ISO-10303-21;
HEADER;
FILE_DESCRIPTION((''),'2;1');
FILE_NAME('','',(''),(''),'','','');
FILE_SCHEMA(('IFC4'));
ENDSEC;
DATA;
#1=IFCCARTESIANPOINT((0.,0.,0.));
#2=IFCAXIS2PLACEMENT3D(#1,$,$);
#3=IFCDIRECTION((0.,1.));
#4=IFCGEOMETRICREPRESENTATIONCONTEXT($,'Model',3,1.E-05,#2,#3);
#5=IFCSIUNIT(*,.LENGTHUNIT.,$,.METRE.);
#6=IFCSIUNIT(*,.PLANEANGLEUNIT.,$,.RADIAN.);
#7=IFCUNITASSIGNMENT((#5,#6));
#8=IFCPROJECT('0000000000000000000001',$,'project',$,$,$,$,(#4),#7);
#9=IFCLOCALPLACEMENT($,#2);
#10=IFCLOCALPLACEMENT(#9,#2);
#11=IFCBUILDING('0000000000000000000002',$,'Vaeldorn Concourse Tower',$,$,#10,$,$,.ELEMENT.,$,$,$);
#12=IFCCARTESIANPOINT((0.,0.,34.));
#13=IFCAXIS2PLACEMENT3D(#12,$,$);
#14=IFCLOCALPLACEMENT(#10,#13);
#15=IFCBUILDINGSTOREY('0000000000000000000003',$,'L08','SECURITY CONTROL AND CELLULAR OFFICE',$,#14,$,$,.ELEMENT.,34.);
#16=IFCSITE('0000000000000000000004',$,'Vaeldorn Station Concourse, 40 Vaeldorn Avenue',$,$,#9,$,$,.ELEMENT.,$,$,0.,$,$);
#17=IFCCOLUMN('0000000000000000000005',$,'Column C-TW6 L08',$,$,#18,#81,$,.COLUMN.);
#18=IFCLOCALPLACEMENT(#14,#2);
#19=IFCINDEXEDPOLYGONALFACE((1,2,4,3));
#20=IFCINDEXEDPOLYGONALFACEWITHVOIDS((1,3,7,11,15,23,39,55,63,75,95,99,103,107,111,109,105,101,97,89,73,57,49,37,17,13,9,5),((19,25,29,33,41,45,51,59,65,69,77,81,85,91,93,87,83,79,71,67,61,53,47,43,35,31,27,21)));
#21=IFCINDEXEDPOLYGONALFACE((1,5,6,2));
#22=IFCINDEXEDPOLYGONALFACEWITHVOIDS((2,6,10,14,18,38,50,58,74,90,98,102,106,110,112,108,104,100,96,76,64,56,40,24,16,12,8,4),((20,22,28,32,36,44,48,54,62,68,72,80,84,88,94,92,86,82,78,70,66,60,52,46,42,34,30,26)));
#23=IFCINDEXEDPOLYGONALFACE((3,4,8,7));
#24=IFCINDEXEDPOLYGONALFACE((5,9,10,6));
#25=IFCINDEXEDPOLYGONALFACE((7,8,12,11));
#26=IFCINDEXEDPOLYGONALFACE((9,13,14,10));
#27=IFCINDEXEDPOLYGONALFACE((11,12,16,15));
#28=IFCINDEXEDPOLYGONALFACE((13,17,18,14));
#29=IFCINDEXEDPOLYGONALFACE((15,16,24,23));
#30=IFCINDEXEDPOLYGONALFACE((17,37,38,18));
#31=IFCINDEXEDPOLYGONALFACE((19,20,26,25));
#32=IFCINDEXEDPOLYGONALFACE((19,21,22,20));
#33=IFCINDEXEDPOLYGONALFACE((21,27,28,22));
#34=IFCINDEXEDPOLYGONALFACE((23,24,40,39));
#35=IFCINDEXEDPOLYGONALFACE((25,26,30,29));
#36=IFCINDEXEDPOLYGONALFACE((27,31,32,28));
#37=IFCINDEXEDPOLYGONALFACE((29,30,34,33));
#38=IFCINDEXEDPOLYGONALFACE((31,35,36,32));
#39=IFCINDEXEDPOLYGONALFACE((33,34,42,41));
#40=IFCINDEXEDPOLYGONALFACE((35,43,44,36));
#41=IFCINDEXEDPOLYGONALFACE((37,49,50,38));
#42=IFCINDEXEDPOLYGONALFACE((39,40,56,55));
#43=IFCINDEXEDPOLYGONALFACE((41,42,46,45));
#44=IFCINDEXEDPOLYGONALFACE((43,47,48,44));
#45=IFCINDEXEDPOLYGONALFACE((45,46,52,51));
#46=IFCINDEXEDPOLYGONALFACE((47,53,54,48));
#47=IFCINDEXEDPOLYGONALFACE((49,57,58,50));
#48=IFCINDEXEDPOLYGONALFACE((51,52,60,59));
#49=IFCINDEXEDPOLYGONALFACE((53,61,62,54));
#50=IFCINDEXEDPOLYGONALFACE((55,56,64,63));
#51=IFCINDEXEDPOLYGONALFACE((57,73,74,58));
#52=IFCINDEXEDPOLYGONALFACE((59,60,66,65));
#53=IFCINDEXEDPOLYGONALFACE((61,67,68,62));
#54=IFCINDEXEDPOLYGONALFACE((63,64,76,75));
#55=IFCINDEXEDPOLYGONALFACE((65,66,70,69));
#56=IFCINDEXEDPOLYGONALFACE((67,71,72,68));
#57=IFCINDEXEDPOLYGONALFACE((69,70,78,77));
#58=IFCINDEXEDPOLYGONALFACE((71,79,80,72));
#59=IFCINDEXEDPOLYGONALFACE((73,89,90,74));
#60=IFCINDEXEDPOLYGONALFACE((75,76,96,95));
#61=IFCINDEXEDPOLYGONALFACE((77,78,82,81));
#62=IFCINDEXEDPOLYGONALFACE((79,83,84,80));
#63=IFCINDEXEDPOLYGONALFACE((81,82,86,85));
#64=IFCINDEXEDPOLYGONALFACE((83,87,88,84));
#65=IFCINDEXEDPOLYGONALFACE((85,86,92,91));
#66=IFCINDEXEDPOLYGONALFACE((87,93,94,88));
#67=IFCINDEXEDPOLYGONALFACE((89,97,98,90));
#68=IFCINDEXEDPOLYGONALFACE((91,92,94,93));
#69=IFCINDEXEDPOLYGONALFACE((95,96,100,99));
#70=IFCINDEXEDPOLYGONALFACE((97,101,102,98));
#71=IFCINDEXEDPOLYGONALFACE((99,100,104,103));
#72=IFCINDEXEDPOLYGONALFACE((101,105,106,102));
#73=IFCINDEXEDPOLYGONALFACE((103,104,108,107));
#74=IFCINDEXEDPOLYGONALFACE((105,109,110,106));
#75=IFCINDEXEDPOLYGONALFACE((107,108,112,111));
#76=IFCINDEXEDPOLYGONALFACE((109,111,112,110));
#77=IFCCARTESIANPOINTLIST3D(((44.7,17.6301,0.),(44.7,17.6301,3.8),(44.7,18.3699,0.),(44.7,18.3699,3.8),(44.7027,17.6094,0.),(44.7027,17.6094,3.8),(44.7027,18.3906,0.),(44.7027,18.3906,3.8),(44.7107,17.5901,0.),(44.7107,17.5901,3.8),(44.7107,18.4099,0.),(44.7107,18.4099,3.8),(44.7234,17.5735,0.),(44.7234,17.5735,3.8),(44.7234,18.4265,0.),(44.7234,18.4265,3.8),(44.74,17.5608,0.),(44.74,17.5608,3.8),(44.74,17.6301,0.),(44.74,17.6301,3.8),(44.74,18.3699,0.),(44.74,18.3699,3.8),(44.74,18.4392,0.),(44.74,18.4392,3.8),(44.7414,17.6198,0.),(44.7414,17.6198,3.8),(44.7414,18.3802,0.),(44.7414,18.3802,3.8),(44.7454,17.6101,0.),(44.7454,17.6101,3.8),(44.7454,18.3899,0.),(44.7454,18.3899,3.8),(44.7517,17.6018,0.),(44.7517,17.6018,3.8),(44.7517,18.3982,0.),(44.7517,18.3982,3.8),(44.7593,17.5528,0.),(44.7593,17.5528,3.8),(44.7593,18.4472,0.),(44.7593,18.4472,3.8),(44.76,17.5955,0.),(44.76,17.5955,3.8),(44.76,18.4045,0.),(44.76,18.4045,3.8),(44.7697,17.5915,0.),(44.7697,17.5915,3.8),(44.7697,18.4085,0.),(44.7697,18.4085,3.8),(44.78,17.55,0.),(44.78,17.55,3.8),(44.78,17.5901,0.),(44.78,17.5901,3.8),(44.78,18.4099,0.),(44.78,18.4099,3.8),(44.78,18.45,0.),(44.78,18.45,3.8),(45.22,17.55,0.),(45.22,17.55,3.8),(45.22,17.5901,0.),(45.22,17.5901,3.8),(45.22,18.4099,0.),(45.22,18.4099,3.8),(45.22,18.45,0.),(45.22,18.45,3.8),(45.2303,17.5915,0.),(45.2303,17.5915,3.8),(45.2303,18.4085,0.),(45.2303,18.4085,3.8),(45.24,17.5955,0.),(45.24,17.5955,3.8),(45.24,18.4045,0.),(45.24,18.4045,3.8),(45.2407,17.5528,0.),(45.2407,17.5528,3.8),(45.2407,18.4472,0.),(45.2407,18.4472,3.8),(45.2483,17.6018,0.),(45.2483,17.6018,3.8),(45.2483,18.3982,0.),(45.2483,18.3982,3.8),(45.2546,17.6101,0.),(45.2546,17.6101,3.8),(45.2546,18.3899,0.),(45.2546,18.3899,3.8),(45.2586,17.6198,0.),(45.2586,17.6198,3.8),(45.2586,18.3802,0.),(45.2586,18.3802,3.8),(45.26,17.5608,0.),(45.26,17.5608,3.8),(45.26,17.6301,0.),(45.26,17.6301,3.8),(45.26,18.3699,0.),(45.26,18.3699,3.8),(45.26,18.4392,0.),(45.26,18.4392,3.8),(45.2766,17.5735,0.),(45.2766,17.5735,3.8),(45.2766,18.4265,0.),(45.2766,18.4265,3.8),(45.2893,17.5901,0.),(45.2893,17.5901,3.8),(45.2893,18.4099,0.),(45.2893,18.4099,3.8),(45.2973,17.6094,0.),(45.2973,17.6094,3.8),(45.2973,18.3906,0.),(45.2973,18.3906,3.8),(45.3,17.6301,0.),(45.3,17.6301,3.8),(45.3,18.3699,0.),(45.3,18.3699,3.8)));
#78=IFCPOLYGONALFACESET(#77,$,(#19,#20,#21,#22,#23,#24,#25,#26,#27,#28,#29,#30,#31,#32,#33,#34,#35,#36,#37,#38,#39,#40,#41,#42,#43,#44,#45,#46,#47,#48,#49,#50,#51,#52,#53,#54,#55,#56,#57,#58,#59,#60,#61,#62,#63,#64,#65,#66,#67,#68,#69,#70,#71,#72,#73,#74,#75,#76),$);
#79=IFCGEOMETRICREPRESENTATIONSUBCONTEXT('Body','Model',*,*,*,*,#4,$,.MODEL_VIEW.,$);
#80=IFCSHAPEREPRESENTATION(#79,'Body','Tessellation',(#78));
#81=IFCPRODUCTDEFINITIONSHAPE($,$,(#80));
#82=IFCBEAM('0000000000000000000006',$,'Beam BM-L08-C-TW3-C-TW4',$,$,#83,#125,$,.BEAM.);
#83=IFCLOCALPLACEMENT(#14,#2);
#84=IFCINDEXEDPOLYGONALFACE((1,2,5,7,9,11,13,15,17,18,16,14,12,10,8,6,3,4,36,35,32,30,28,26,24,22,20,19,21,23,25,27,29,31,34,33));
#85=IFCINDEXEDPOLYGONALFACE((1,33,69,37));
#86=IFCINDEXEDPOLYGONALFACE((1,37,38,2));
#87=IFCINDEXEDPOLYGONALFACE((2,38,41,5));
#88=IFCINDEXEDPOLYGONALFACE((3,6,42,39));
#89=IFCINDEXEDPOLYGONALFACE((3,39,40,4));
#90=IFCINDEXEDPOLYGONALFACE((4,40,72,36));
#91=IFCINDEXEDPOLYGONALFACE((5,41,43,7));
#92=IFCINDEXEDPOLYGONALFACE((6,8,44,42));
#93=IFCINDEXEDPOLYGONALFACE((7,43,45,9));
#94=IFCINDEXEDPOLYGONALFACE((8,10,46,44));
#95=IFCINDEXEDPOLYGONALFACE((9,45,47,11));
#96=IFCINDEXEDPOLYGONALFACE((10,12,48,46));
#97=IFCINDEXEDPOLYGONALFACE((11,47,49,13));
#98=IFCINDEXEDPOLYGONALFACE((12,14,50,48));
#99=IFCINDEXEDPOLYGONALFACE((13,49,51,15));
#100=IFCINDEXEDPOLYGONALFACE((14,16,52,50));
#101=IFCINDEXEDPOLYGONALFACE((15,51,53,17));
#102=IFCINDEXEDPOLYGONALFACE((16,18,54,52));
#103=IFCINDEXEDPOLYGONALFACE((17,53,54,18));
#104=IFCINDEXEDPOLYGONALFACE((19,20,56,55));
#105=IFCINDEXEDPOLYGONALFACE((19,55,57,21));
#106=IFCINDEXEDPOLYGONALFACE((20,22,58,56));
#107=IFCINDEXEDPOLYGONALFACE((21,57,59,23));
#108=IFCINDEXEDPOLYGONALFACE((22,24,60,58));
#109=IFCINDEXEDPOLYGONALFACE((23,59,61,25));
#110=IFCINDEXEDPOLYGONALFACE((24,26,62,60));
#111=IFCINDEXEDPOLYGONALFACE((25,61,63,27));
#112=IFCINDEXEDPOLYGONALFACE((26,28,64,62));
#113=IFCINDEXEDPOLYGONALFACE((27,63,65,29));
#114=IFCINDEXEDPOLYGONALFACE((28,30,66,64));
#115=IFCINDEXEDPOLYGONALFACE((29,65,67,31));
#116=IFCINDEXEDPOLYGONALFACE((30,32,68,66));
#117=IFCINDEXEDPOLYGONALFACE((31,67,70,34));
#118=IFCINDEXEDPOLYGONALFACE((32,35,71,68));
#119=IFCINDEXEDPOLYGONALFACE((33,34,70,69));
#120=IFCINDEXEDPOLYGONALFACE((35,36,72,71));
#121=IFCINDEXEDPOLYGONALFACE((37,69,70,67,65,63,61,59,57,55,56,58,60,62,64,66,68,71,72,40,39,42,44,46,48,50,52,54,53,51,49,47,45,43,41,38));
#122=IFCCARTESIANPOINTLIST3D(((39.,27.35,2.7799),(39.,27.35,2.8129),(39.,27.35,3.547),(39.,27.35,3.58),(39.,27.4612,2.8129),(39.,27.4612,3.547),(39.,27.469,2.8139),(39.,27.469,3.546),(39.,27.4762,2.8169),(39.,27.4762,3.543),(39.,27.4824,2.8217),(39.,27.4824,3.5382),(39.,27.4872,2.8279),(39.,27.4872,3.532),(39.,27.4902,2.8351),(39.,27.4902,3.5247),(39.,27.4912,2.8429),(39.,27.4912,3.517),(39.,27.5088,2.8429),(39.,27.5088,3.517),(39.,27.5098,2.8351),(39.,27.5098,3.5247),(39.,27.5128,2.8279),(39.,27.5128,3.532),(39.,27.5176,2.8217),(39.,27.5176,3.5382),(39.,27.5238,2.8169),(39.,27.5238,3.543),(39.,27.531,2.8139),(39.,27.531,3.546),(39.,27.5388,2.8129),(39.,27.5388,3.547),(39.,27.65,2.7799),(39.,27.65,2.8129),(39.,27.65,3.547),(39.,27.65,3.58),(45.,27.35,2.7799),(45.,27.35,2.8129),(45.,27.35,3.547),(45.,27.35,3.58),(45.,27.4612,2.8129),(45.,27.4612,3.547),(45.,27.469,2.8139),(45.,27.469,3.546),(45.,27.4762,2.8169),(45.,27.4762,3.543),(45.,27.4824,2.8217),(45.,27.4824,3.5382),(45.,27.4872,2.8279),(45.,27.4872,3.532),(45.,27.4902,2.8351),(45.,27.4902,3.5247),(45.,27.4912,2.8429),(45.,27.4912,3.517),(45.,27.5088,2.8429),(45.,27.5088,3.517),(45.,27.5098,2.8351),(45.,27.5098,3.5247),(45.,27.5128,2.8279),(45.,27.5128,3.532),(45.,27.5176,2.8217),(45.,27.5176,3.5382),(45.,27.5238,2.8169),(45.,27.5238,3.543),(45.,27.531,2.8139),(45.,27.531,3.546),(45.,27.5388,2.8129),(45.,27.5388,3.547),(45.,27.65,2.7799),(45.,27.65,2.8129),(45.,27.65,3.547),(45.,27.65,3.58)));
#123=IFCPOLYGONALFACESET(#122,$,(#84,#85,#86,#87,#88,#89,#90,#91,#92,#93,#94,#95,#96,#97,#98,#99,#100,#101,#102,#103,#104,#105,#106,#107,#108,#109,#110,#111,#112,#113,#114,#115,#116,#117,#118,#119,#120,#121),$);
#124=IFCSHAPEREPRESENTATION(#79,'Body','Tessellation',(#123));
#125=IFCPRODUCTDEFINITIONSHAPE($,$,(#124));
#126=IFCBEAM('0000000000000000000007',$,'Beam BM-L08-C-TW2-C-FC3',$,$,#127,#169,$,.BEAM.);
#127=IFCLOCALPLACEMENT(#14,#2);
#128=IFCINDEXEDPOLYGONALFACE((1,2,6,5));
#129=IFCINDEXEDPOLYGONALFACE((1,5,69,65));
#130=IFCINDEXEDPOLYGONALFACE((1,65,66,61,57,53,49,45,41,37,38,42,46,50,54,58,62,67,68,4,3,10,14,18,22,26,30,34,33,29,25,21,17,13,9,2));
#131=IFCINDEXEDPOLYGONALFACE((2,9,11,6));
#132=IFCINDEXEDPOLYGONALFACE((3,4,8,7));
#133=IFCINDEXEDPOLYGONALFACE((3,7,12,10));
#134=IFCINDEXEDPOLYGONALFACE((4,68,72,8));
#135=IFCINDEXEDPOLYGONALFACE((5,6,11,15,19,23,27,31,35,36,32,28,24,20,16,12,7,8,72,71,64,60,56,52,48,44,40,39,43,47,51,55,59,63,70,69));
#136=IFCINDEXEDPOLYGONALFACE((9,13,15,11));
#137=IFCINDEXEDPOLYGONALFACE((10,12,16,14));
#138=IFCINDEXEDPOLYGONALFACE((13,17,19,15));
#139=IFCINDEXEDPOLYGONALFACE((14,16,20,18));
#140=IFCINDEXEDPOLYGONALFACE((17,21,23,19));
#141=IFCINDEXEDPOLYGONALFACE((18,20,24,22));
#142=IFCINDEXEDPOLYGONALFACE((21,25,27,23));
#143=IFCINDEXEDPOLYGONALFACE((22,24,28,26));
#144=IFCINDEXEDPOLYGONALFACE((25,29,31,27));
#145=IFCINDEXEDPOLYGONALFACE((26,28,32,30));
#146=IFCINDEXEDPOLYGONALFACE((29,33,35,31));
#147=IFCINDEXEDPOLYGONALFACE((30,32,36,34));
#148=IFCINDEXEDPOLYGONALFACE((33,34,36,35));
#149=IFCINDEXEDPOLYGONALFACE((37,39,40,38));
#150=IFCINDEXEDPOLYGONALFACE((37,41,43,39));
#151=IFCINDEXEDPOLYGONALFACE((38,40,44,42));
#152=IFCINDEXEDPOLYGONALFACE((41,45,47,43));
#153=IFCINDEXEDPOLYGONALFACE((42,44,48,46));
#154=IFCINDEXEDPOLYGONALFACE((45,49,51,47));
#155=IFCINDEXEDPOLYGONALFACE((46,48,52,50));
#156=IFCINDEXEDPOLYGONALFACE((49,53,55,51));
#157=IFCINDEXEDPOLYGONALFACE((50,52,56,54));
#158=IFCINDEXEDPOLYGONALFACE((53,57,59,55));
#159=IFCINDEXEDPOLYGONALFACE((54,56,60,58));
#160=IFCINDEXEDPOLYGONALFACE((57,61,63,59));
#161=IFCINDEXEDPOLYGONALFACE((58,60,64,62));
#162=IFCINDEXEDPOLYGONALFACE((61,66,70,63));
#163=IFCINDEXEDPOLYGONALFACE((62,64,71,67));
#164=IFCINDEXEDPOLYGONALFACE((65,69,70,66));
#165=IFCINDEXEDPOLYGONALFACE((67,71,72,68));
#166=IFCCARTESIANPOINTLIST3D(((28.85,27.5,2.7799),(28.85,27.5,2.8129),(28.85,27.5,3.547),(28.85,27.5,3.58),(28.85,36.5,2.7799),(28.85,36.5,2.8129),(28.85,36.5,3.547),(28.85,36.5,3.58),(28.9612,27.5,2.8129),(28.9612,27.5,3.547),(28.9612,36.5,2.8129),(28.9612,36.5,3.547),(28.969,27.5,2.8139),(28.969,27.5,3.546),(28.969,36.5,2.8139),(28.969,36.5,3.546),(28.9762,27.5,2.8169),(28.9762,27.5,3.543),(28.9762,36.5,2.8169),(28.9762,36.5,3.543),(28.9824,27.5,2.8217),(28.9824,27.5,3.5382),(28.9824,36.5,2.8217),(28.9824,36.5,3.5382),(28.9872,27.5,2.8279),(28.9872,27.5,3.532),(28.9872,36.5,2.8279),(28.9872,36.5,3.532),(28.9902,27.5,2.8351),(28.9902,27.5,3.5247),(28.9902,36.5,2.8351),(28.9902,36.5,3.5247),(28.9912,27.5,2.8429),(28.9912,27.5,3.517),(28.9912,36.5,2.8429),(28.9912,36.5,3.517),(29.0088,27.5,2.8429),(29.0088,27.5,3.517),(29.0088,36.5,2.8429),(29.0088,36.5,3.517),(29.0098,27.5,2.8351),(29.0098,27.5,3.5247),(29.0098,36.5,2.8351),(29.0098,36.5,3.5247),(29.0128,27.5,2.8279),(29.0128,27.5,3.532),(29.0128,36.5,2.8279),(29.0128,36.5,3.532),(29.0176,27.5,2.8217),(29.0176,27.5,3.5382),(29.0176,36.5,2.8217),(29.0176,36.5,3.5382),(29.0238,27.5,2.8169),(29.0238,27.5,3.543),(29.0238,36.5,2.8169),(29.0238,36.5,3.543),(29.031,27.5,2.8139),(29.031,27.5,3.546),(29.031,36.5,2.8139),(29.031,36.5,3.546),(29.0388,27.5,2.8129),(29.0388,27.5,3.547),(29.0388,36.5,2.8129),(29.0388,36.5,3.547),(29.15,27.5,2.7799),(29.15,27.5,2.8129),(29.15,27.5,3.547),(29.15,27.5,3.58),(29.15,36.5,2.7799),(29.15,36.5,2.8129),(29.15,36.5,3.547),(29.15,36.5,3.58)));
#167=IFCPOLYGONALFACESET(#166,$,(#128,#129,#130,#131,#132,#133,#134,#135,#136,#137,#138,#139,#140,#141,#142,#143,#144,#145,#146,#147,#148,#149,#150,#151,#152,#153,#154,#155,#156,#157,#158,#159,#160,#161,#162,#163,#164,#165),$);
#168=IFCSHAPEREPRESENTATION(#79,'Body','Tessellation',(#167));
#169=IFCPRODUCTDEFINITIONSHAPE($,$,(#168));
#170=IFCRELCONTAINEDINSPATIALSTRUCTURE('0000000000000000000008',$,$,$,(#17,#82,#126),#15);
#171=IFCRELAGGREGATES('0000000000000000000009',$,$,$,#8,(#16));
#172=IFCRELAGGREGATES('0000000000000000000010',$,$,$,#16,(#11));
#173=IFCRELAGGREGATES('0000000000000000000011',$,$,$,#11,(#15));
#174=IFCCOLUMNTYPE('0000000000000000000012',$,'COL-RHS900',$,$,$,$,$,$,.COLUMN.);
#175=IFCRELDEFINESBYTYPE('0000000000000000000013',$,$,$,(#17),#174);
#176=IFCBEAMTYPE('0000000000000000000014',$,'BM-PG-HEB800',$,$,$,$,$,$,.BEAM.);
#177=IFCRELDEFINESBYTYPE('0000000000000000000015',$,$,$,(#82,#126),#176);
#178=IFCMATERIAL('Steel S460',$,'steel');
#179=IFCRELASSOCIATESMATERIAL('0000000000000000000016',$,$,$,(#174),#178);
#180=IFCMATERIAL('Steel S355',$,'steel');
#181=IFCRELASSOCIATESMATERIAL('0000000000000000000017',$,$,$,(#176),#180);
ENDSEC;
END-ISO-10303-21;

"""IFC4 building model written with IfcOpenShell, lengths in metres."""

from ifc_helpers import new_model, si_unit, direction, frame, origin, origin_2d, place, context, subcontext, project, spatial, hollow_rectangle, i_section, extrude, source, transform, mapped, material, material_profile, profile_set, type_object, element, save


model = new_model("IFC4")

# Units and contexts
model_context = context("Model", 3, precision=1e-05, world=origin(), true_north=direction((0.0, 1.0)))
body_context = subcontext(model_context, "Body", "Model", "MODEL_VIEW")
ifc_project = project(units=[si_unit("LENGTHUNIT", "METRE"), si_unit("PLANEANGLEUNIT", "RADIAN")], contexts=[model_context])

# Site, building, storey
site_placement = place(None, origin())
site = spatial("IfcSite", under=ifc_project, at=site_placement, Name="Vaeldorn Station Concourse, 40 Vaeldorn Avenue", CompositionType="ELEMENT", RefElevation=0.0)
building_placement = place(site_placement, origin())
building = spatial("IfcBuilding", under=site, at=building_placement, Name="Vaeldorn Concourse Tower", CompositionType="ELEMENT")
storey_placement = place(building_placement, frame((0.0, 0.0, 34.0)))
storey = spatial("IfcBuildingStorey", under=building, at=storey_placement, Name="L08", Description="SECURITY CONTROL AND CELLULAR OFFICE", CompositionType="ELEMENT", Elevation=34.0)

# Column
ifc_material_1 = material(Name="Steel S460", Category="steel")
ifc_material_profile_1 = material_profile(ifc_material_1, hollow_rectangle(XDim=0.6001, YDim=0.8999, WallThickness=0.04, InnerFilletRadius=0.04, OuterFilletRadius=0.0801, at=origin_2d()), Name="RHS 900x600x40")
ifc_profile_set_1 = profile_set([ifc_material_profile_1], Name="Steel S460")
column_type_1 = type_object("IfcColumnType", Name="COL-RHS900", PredefinedType="COLUMN", material=ifc_profile_set_1)
shared_shape_1 = source(origin(), body_context, "Body", "SweptSolid", [
    extrude(hollow_rectangle(XDim=0.6001, YDim=0.8999, WallThickness=0.04, InnerFilletRadius=0.04, OuterFilletRadius=0.0801, at=origin_2d()), origin(), (0.0, 0.0, 1.0), 3.8),
])
for number, where, z_axis, x_axis, name in (
    (1, (45.0, 18.0, 0.0), (0.0, 0.0, 1.0), (1.0, 0.0, 0.0), "Column C-TW6 L08"),
):
    element("IfcColumn", number, at=place(storey_placement, frame(where, z_axis=z_axis, x_axis=x_axis)), inside=storey, type_object=column_type_1, Name=name, PredefinedType="COLUMN", context=body_context, shape_type="MappedRepresentation", body=[
        mapped(shared_shape_1, transform((0.0, 0.0, 0.0), scale=1.0)),
    ])

# Beams
ifc_material_2 = material(Name="Steel S355", Category="steel")
ifc_material_profile_2 = material_profile(ifc_material_2, i_section(OverallWidth=0.3, OverallDepth=0.8, WebThickness=0.0176, FlangeThickness=0.033, FilletRadius=0.03, at=origin_2d()), Name="HEB 800")
ifc_profile_set_2 = profile_set([ifc_material_profile_2], Name="Steel S355")
beam_type_1 = type_object("IfcBeamType", Name="BM-PG-HEB800", PredefinedType="BEAM", material=ifc_profile_set_2)
shared_shape_2 = source(origin(), body_context, "Body", "SweptSolid", [
    extrude(i_section(OverallWidth=0.3, OverallDepth=0.8, WebThickness=0.0176, FlangeThickness=0.033, FilletRadius=0.03, at=origin_2d()), origin(), (0.0, 0.0, 1.0), 6.0),
])
beam_1_placement = place(storey_placement, frame((39.0, 27.5, 3.1799), z_axis=(1.0, 0.0, 0.0), x_axis=(0.0, 1.0, 0.0)))
element("IfcBeam", 2, at=beam_1_placement, inside=storey, type_object=beam_type_1, Name="Beam BM-L08-C-TW3-C-TW4", PredefinedType="BEAM", context=body_context, shape_type="MappedRepresentation", body=[
    mapped(shared_shape_2, transform((0.0, 0.0, 0.0), scale=1.0)),
])
shared_shape_3 = source(origin(), body_context, "Body", "SweptSolid", [
    extrude(i_section(OverallWidth=0.3, OverallDepth=0.8, WebThickness=0.0176, FlangeThickness=0.033, FilletRadius=0.03, at=origin_2d()), origin(), (0.0, 0.0, 1.0), 9.0),
])
for number, where, z_axis, x_axis, name in (
    (3, (29.0, 27.5, 3.1799), (0.0, 1.0, 0.0), (-1.0, 0.0, 0.0), "Beam BM-L08-C-TW2-C-FC3"),
):
    element("IfcBeam", number, at=place(storey_placement, frame(where, z_axis=z_axis, x_axis=x_axis)), inside=storey, type_object=beam_type_1, Name=name, PredefinedType="BEAM", context=body_context, shape_type="MappedRepresentation", body=[
        mapped(shared_shape_3, transform((0.0, 0.0, 0.0), scale=1.0)),
    ])

save(model, "model.ifc")
